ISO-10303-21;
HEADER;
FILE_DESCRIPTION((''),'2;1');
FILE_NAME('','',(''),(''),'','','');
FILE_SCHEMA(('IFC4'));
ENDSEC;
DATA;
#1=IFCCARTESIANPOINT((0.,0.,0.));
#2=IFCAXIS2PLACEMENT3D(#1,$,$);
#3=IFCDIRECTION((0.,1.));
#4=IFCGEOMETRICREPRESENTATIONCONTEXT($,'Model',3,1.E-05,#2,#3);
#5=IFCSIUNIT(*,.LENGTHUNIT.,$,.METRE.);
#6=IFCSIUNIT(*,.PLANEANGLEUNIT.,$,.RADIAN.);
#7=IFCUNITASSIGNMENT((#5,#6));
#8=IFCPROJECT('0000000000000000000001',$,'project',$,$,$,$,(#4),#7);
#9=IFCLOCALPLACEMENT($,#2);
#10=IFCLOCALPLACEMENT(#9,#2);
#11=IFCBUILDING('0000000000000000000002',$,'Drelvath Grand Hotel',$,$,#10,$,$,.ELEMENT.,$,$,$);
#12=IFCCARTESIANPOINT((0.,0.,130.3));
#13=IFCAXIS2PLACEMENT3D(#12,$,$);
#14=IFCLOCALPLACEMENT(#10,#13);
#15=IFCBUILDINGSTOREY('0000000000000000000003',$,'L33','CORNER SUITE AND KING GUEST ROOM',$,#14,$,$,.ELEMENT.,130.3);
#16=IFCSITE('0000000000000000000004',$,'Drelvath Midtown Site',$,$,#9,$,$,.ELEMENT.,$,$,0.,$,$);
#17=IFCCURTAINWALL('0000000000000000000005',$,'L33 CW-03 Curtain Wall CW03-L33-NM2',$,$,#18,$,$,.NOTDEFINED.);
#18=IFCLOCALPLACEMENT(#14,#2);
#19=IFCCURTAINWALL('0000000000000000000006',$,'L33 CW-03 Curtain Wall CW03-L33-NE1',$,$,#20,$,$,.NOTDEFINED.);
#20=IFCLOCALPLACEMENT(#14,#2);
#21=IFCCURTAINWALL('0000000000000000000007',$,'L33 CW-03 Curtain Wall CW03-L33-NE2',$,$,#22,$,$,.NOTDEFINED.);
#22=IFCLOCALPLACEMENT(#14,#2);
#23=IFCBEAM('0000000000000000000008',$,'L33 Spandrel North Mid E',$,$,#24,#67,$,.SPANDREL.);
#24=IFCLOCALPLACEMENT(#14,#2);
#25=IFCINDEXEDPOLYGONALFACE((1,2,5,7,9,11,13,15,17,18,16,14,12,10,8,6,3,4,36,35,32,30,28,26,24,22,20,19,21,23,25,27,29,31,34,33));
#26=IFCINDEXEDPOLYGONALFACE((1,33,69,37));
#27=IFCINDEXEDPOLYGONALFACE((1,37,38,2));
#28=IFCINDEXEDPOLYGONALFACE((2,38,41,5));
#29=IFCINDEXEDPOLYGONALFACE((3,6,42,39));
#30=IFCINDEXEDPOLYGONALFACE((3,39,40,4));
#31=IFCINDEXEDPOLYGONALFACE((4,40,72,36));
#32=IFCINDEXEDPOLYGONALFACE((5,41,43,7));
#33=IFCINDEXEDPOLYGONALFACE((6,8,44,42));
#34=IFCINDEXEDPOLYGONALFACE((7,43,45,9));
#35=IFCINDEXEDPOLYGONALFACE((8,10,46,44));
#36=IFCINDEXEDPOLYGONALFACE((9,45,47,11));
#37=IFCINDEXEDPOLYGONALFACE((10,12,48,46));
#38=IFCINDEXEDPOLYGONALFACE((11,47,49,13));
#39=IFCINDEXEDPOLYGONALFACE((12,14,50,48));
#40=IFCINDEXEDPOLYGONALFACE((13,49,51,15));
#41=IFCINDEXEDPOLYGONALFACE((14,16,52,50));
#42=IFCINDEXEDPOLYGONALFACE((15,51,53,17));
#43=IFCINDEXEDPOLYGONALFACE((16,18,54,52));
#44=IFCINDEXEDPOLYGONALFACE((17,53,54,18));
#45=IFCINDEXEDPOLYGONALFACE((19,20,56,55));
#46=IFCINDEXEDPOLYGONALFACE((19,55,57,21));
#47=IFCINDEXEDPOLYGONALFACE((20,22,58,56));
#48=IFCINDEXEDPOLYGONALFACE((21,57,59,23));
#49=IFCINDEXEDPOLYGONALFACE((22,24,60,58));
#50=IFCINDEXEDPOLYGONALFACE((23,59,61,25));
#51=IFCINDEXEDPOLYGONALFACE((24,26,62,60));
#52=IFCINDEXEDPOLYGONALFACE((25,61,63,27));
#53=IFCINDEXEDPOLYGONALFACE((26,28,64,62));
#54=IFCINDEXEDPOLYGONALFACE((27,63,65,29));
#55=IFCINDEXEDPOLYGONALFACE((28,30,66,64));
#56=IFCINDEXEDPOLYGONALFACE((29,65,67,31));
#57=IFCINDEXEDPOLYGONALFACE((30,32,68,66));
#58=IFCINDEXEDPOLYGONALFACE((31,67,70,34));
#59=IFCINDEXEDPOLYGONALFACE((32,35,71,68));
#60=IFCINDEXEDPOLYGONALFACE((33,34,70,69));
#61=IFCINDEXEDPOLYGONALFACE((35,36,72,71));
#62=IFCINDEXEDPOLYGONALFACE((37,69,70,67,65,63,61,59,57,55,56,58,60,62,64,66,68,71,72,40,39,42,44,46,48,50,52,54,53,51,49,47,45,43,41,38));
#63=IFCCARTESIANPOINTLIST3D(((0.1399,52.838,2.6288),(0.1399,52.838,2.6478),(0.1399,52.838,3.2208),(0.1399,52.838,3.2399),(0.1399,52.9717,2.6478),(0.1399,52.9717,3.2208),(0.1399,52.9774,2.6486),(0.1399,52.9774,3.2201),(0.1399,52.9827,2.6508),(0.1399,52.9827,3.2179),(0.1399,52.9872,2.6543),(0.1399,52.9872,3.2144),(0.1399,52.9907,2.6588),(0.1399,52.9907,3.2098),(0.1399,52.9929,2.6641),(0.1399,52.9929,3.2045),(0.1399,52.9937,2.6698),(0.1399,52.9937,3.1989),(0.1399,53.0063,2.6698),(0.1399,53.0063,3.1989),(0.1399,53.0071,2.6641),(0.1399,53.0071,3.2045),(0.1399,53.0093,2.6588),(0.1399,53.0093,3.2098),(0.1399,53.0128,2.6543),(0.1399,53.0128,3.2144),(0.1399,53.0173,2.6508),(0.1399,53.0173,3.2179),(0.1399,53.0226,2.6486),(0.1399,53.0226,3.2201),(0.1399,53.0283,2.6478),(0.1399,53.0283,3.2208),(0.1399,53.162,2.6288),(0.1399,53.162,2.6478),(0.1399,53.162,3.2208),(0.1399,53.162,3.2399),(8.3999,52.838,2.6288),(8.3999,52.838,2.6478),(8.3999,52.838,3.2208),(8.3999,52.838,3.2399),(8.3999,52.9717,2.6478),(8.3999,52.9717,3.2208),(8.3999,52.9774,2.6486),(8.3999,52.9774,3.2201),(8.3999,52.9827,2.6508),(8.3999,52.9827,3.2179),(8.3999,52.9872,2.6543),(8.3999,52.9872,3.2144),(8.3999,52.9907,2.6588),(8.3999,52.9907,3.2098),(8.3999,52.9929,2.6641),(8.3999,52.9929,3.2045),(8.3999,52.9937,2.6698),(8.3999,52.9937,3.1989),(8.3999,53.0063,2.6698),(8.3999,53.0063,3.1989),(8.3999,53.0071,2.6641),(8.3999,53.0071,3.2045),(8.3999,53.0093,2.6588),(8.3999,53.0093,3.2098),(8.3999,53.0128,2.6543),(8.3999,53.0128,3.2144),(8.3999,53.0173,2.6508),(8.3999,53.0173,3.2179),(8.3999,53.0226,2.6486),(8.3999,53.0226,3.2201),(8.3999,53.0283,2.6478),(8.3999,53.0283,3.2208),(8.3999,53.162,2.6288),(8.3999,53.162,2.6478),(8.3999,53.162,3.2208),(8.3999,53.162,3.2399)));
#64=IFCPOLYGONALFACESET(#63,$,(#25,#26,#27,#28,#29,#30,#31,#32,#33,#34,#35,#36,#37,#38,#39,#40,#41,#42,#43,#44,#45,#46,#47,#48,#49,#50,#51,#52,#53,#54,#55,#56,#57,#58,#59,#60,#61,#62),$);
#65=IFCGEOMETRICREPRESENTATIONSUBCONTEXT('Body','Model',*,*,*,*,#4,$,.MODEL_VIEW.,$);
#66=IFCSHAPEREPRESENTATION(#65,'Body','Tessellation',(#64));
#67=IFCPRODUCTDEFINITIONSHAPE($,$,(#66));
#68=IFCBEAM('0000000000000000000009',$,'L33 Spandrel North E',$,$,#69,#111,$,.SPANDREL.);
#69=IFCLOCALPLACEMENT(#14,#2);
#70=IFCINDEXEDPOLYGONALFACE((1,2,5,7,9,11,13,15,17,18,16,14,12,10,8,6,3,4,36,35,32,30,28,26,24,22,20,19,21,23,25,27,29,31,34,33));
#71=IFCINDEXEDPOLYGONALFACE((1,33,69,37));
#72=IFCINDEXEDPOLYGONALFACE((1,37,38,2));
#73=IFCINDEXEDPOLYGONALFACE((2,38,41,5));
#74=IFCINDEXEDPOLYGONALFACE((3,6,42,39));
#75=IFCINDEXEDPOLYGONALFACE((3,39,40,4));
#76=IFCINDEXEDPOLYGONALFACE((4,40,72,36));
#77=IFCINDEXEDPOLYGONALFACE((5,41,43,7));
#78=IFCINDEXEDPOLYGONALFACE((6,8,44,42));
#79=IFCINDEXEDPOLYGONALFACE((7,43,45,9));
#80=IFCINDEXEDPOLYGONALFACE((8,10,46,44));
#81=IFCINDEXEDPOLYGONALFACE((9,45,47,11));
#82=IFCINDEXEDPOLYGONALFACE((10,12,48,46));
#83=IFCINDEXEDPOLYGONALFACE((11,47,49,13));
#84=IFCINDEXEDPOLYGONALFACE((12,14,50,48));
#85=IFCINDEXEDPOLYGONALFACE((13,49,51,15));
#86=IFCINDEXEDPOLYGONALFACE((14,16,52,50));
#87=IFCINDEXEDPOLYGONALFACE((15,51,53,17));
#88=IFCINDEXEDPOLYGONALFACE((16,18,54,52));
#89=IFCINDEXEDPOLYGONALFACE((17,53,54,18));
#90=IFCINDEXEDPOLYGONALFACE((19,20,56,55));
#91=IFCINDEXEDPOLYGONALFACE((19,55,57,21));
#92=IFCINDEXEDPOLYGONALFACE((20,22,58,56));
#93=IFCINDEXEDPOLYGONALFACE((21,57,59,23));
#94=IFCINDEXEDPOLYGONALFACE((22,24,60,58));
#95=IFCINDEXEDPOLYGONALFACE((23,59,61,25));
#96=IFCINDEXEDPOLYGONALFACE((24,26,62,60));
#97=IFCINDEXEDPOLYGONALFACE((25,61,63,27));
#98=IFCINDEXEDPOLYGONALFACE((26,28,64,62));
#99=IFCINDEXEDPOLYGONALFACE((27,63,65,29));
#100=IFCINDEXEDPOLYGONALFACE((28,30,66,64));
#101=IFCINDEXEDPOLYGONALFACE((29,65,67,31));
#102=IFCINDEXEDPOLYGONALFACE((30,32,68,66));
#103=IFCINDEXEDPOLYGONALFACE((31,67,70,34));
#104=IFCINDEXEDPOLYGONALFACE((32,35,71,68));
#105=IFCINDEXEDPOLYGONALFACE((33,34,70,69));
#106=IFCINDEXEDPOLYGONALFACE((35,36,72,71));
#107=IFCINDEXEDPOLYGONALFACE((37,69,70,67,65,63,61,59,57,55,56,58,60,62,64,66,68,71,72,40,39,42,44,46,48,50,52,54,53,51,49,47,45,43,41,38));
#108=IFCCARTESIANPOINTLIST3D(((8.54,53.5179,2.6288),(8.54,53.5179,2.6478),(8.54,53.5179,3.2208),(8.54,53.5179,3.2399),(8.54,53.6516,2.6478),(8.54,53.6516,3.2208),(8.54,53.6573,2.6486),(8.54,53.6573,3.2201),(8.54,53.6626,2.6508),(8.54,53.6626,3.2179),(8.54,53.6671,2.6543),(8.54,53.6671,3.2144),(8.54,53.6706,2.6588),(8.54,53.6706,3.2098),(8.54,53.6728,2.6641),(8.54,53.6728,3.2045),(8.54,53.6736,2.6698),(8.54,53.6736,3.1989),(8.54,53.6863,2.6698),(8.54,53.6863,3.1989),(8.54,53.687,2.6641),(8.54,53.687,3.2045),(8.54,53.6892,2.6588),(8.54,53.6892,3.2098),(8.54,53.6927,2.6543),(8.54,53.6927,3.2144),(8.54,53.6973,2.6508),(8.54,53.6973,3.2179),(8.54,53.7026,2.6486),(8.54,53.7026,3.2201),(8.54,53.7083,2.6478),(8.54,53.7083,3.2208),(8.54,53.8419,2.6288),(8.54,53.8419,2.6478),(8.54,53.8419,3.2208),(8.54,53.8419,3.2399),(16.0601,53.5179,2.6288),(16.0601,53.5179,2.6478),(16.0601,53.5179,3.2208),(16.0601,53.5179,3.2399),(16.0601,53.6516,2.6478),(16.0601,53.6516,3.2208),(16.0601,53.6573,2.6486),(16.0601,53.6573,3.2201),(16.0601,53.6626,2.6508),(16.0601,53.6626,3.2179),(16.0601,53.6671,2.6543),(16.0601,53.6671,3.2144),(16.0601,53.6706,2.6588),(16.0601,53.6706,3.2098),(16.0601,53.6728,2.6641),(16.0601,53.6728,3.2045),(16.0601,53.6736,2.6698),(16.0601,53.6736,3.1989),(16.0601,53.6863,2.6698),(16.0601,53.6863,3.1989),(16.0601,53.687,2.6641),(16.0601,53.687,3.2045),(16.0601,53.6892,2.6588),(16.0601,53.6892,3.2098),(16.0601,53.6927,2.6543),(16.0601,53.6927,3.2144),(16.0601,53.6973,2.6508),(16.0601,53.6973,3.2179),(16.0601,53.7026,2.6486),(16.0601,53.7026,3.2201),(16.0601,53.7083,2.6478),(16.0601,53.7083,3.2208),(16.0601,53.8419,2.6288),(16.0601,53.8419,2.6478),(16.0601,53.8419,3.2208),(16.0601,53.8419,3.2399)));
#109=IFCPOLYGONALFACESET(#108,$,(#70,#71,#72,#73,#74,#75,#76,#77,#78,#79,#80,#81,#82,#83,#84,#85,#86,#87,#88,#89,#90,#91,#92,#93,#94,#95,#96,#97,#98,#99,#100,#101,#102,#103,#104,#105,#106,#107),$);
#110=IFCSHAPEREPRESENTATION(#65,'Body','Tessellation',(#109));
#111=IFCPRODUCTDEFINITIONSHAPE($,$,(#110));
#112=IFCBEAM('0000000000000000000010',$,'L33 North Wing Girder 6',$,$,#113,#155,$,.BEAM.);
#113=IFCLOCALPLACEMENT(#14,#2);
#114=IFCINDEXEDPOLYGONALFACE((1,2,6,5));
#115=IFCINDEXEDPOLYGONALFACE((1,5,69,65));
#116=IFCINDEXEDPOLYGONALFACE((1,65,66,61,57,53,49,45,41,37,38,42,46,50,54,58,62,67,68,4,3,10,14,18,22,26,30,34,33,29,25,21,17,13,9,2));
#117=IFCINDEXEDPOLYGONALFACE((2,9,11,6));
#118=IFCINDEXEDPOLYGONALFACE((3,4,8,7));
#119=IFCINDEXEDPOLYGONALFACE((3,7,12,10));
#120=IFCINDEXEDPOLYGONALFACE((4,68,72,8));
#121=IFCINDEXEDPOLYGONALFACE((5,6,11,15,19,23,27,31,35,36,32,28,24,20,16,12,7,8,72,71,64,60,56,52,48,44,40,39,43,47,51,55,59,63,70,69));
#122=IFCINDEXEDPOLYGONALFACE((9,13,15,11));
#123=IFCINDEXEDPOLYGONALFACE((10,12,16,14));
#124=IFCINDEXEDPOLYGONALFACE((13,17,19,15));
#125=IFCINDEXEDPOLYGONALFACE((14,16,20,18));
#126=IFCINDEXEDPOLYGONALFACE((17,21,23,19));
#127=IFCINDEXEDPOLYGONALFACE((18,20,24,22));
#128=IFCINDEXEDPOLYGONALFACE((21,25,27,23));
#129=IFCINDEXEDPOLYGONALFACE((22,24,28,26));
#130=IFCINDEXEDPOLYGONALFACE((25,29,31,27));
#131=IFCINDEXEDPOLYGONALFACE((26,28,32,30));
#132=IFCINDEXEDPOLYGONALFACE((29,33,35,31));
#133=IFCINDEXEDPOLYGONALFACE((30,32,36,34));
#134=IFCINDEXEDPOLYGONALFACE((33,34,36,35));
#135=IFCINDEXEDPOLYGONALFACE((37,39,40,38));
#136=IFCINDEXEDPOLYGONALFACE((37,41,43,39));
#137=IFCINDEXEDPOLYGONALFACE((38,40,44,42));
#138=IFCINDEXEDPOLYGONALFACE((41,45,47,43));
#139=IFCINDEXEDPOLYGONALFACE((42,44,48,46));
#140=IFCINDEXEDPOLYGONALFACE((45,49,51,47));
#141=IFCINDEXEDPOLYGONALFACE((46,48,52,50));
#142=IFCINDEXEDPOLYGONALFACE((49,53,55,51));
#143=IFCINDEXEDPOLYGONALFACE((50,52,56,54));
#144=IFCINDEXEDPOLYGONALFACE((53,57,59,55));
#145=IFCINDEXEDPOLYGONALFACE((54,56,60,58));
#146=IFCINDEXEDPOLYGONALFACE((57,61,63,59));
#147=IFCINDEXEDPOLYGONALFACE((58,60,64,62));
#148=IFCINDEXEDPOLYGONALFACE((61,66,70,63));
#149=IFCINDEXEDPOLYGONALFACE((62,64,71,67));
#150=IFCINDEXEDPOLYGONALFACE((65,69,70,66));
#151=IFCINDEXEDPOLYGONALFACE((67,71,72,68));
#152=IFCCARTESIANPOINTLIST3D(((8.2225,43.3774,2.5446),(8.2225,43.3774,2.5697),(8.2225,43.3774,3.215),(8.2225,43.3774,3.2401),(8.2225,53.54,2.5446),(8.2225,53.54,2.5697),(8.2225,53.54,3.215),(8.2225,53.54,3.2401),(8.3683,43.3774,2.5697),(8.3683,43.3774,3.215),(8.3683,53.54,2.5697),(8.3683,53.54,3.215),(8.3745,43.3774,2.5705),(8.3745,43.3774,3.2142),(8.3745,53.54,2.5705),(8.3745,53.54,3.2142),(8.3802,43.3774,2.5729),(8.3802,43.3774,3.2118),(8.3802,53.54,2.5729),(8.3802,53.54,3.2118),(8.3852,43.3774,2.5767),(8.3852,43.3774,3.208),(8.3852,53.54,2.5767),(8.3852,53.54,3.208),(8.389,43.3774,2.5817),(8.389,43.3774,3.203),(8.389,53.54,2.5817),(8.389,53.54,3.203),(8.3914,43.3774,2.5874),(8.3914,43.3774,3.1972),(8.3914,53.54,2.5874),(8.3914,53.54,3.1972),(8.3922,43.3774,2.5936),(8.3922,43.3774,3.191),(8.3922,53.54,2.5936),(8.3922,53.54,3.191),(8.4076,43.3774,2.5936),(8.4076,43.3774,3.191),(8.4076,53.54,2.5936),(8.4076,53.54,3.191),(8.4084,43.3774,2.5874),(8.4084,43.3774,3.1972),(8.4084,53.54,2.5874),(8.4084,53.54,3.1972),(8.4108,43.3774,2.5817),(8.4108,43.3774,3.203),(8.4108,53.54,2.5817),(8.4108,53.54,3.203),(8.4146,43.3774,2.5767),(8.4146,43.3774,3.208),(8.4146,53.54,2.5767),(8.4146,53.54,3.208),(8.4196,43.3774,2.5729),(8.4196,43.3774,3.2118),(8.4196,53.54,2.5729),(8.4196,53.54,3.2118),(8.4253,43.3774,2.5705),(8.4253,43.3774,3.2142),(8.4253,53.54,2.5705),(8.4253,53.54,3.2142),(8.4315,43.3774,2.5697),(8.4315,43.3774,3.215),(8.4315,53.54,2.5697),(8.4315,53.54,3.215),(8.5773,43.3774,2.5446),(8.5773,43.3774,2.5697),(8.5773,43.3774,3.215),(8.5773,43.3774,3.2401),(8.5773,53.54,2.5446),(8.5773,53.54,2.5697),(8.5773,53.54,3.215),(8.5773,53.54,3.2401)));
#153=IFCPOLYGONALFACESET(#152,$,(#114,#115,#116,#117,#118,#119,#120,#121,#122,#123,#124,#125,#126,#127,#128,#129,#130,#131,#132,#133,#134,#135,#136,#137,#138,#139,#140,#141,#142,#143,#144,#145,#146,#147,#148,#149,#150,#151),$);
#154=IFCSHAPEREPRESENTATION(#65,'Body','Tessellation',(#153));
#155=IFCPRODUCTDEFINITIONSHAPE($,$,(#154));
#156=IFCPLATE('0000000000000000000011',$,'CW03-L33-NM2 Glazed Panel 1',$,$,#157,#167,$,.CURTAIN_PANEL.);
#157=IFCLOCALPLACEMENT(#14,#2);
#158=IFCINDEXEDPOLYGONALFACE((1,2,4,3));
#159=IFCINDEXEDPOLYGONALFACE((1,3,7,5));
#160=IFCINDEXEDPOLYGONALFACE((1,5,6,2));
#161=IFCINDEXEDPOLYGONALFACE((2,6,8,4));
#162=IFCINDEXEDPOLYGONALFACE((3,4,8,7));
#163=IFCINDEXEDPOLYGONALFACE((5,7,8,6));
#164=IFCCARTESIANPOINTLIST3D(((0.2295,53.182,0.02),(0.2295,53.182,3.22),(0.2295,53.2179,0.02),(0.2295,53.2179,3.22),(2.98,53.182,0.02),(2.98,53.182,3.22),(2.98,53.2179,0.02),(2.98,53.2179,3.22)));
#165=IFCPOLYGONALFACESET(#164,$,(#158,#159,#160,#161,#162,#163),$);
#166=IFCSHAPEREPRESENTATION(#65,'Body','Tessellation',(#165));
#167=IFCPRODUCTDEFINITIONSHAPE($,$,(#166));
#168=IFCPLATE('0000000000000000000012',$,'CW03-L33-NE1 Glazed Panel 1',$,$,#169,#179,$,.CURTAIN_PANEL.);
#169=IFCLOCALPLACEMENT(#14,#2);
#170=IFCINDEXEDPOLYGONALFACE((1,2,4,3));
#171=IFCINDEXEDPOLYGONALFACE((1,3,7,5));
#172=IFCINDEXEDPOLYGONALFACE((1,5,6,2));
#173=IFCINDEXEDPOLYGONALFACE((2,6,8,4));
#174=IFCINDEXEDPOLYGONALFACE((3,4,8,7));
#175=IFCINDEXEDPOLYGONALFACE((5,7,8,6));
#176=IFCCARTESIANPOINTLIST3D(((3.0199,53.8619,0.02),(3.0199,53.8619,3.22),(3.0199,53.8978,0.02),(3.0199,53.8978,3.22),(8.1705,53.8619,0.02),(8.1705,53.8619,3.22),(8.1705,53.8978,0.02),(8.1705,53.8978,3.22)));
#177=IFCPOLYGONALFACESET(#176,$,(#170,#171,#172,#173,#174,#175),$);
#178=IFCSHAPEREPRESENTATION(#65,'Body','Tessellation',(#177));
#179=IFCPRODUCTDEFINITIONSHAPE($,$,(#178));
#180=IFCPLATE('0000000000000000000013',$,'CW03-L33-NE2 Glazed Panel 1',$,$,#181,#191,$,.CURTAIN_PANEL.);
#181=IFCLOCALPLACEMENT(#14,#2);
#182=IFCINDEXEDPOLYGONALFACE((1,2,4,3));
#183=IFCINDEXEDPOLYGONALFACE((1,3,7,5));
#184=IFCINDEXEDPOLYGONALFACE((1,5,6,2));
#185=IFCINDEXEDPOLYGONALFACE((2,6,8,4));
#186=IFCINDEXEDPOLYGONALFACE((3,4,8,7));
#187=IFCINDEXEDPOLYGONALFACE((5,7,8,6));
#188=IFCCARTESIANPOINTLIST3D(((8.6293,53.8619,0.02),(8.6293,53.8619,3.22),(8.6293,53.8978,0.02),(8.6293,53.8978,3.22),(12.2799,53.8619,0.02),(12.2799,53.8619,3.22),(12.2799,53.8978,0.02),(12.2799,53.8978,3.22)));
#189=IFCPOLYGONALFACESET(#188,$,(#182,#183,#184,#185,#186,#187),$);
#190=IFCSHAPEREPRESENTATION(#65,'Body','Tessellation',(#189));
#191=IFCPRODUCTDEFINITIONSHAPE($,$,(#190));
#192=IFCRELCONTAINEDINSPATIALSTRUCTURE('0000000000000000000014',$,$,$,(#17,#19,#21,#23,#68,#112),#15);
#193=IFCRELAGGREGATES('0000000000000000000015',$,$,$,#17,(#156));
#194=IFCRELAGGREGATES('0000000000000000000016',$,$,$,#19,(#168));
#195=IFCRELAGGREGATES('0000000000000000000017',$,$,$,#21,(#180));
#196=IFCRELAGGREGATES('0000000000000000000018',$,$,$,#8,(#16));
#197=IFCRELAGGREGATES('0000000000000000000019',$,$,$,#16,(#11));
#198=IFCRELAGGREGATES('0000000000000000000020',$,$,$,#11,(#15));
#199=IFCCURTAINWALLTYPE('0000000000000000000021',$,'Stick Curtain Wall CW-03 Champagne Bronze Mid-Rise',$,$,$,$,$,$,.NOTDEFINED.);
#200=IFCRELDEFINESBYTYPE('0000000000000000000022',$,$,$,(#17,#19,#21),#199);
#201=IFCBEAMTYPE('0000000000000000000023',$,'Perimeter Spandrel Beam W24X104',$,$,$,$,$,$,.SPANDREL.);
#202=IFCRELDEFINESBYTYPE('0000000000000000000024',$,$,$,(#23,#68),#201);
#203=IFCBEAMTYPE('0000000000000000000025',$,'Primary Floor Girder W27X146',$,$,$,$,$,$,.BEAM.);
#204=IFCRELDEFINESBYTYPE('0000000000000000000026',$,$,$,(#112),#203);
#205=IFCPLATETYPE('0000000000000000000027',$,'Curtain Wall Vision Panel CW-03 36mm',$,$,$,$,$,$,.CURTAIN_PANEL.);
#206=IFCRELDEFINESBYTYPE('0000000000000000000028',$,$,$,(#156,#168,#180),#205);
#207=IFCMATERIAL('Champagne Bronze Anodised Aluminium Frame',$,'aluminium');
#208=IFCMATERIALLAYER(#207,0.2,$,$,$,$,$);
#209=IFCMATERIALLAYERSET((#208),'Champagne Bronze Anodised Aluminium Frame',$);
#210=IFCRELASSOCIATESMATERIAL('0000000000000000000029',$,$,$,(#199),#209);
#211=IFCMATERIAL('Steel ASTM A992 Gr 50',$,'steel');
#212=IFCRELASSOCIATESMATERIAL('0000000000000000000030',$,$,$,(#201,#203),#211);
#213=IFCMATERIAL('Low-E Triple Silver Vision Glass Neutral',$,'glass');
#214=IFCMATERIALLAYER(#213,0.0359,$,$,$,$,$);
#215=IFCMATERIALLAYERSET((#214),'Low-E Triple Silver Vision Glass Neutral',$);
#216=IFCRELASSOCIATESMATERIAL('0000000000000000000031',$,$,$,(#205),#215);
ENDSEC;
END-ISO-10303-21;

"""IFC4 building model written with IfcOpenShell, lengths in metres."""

from ifc_helpers import new_model, si_unit, direction, frame, origin, origin_2d, place, context, subcontext, project, spatial, rectangle, i_section, extrude, material, layer, layer_set, material_profile, profile_set, type_object, element, aggregate, save


model = new_model("IFC4")

# Units and contexts
model_context = context("Model", 3, precision=1e-05, world=origin(), true_north=direction((0.0, 1.0)))
body_context = subcontext(model_context, "Body", "Model", "MODEL_VIEW")
ifc_project = project(units=[si_unit("LENGTHUNIT", "METRE"), si_unit("PLANEANGLEUNIT", "RADIAN")], contexts=[model_context])

# Site, building, storey
site_placement = place(None, origin())
site = spatial("IfcSite", under=ifc_project, at=site_placement, Name="Drelvath Midtown Site", CompositionType="ELEMENT", RefElevation=0.0)
building_placement = place(site_placement, origin())
building = spatial("IfcBuilding", under=site, at=building_placement, Name="Drelvath Grand Hotel", CompositionType="ELEMENT")
storey_placement = place(building_placement, frame((0.0, 0.0, 130.3)))
storey = spatial("IfcBuildingStorey", under=building, at=storey_placement, Name="L33", Description="CORNER SUITE AND KING GUEST ROOM", CompositionType="ELEMENT", Elevation=130.3)

# Curtain walls
ifc_material_1 = material(Name="Champagne Bronze Anodised Aluminium Frame", Category="aluminium")
ifc_layer_1 = layer(ifc_material_1, 0.2)
ifc_layer_set_1 = layer_set([ifc_layer_1], Name="Champagne Bronze Anodised Aluminium Frame")
curtain_wall_type = type_object("IfcCurtainWallType", Name="Stick Curtain Wall CW-03 Champagne Bronze Mid-Rise", PredefinedType="NOTDEFINED", material=ifc_layer_set_1)
curtain_wall_1_placement = place(storey_placement, origin())
curtain_wall_1 = element("IfcCurtainWall", 1, at=curtain_wall_1_placement, inside=storey, type_object=curtain_wall_type, Name="L33 CW-03 Curtain Wall CW03-L33-NM2", PredefinedType="NOTDEFINED")
curtain_wall_2_placement = place(storey_placement, origin())
curtain_wall_2 = element("IfcCurtainWall", 2, at=curtain_wall_2_placement, inside=storey, type_object=curtain_wall_type, Name="L33 CW-03 Curtain Wall CW03-L33-NE1", PredefinedType="NOTDEFINED")
curtain_wall_3_placement = place(storey_placement, origin())
curtain_wall_3 = element("IfcCurtainWall", 3, at=curtain_wall_3_placement, inside=storey, type_object=curtain_wall_type, Name="L33 CW-03 Curtain Wall CW03-L33-NE2", PredefinedType="NOTDEFINED")

# Beams
ifc_material_2 = material(Name="Steel ASTM A992 Gr 50", Category="steel")
ifc_material_profile_1 = material_profile(ifc_material_2, i_section(OverallWidth=0.324, OverallDepth=0.6111, WebThickness=0.0127, FlangeThickness=0.019, FilletRadius=0.022, at=origin_2d()), Name="W24X104")
ifc_profile_set_1 = profile_set([ifc_material_profile_1], Name="Steel ASTM A992 Gr 50")
beam_type_1 = type_object("IfcBeamType", Name="Perimeter Spandrel Beam W24X104", PredefinedType="SPANDREL", material=ifc_profile_set_1)
beam_1_placement = place(storey_placement, frame((0.1399, 53.0, 2.9343), z_axis=(1.0, 0.0, 0.0), x_axis=(0.0, 1.0, 0.0)))
element("IfcBeam", 4, at=beam_1_placement, inside=storey, type_object=beam_type_1, Name="L33 Spandrel North Mid E", PredefinedType="SPANDREL", context=body_context, shape_type="SweptSolid", body=[
    extrude(i_section(OverallWidth=0.324, OverallDepth=0.6111, WebThickness=0.0127, FlangeThickness=0.019, FilletRadius=0.022, at=origin_2d()), origin(), (0.0, 0.0, 1.0), 8.26),
])
beam_2_placement = place(storey_placement, frame((8.54, 53.6799, 2.9343), z_axis=(1.0, 0.0, 0.0), x_axis=(0.0, 1.0, 0.0)))
element("IfcBeam", 5, at=beam_2_placement, inside=storey, type_object=beam_type_1, Name="L33 Spandrel North E", PredefinedType="SPANDREL", context=body_context, shape_type="SweptSolid", body=[
    extrude(i_section(OverallWidth=0.324, OverallDepth=0.6111, WebThickness=0.0127, FlangeThickness=0.019, FilletRadius=0.022, at=origin_2d()), origin(), (0.0, 0.0, 1.0), 7.52),
])
ifc_material_profile_2 = material_profile(ifc_material_2, i_section(OverallWidth=0.3547, OverallDepth=0.6956, WebThickness=0.0154, FlangeThickness=0.0251, FilletRadius=0.0239, at=origin_2d()), Name="W27X146")
ifc_profile_set_2 = profile_set([ifc_material_profile_2], Name="Steel ASTM A992 Gr 50")
beam_type_2 = type_object("IfcBeamType", Name="Primary Floor Girder W27X146", PredefinedType="BEAM", material=ifc_profile_set_2)
beam_3_placement = place(storey_placement, frame((8.3999, 43.3774, 2.8923), z_axis=(0.0, 1.0, 0.0), x_axis=(-1.0, 0.0, 0.0)))
element("IfcBeam", 6, at=beam_3_placement, inside=storey, type_object=beam_type_2, Name="L33 North Wing Girder 6", PredefinedType="BEAM", context=body_context, shape_type="SweptSolid", body=[
    extrude(i_section(OverallWidth=0.3547, OverallDepth=0.6956, WebThickness=0.0154, FlangeThickness=0.0251, FilletRadius=0.0239, at=origin_2d()), origin(), (0.0, 0.0, 1.0), 10.1626),
])

# Plates
ifc_material_3 = material(Name="Low-E Triple Silver Vision Glass Neutral", Category="glass")
ifc_layer_2 = layer(ifc_material_3, 0.0359)
ifc_layer_set_2 = layer_set([ifc_layer_2], Name="Low-E Triple Silver Vision Glass Neutral")
plate_type = type_object("IfcPlateType", Name="Curtain Wall Vision Panel CW-03 36mm", PredefinedType="CURTAIN_PANEL", material=ifc_layer_set_2)
plate_1_placement = place(storey_placement, frame((1.6047, 53.2, 0.02), z_axis=(0.0, 0.0, 1.0), x_axis=(1.0, 0.0, 0.0)))
plate_1 = element("IfcPlate", 7, at=plate_1_placement, type_object=plate_type, Name="CW03-L33-NM2 Glazed Panel 1", PredefinedType="CURTAIN_PANEL", context=body_context, shape_type="SweptSolid", body=[
    extrude(rectangle(XDim=2.7505, YDim=0.0359, at=origin_2d()), origin(), (0.0, 0.0, 1.0), 3.2),
])
aggregate(curtain_wall_1, [plate_1])
plate_2_placement = place(storey_placement, frame((5.5952, 53.8799, 0.02), z_axis=(0.0, 0.0, 1.0), x_axis=(1.0, 0.0, 0.0)))
plate_2 = element("IfcPlate", 8, at=plate_2_placement, type_object=plate_type, Name="CW03-L33-NE1 Glazed Panel 1", PredefinedType="CURTAIN_PANEL", context=body_context, shape_type="SweptSolid", body=[
    extrude(rectangle(XDim=5.1506, YDim=0.0359, at=origin_2d()), origin(), (0.0, 0.0, 1.0), 3.2),
])
aggregate(curtain_wall_2, [plate_2])
plate_3_placement = place(storey_placement, frame((10.4546, 53.8799, 0.02), z_axis=(0.0, 0.0, 1.0), x_axis=(1.0, 0.0, 0.0)))
plate_3 = element("IfcPlate", 9, at=plate_3_placement, type_object=plate_type, Name="CW03-L33-NE2 Glazed Panel 1", PredefinedType="CURTAIN_PANEL", context=body_context, shape_type="SweptSolid", body=[
    extrude(rectangle(XDim=3.6506, YDim=0.0359, at=origin_2d()), origin(), (0.0, 0.0, 1.0), 3.2),
])
aggregate(curtain_wall_3, [plate_3])

save(model, "model.ifc")
